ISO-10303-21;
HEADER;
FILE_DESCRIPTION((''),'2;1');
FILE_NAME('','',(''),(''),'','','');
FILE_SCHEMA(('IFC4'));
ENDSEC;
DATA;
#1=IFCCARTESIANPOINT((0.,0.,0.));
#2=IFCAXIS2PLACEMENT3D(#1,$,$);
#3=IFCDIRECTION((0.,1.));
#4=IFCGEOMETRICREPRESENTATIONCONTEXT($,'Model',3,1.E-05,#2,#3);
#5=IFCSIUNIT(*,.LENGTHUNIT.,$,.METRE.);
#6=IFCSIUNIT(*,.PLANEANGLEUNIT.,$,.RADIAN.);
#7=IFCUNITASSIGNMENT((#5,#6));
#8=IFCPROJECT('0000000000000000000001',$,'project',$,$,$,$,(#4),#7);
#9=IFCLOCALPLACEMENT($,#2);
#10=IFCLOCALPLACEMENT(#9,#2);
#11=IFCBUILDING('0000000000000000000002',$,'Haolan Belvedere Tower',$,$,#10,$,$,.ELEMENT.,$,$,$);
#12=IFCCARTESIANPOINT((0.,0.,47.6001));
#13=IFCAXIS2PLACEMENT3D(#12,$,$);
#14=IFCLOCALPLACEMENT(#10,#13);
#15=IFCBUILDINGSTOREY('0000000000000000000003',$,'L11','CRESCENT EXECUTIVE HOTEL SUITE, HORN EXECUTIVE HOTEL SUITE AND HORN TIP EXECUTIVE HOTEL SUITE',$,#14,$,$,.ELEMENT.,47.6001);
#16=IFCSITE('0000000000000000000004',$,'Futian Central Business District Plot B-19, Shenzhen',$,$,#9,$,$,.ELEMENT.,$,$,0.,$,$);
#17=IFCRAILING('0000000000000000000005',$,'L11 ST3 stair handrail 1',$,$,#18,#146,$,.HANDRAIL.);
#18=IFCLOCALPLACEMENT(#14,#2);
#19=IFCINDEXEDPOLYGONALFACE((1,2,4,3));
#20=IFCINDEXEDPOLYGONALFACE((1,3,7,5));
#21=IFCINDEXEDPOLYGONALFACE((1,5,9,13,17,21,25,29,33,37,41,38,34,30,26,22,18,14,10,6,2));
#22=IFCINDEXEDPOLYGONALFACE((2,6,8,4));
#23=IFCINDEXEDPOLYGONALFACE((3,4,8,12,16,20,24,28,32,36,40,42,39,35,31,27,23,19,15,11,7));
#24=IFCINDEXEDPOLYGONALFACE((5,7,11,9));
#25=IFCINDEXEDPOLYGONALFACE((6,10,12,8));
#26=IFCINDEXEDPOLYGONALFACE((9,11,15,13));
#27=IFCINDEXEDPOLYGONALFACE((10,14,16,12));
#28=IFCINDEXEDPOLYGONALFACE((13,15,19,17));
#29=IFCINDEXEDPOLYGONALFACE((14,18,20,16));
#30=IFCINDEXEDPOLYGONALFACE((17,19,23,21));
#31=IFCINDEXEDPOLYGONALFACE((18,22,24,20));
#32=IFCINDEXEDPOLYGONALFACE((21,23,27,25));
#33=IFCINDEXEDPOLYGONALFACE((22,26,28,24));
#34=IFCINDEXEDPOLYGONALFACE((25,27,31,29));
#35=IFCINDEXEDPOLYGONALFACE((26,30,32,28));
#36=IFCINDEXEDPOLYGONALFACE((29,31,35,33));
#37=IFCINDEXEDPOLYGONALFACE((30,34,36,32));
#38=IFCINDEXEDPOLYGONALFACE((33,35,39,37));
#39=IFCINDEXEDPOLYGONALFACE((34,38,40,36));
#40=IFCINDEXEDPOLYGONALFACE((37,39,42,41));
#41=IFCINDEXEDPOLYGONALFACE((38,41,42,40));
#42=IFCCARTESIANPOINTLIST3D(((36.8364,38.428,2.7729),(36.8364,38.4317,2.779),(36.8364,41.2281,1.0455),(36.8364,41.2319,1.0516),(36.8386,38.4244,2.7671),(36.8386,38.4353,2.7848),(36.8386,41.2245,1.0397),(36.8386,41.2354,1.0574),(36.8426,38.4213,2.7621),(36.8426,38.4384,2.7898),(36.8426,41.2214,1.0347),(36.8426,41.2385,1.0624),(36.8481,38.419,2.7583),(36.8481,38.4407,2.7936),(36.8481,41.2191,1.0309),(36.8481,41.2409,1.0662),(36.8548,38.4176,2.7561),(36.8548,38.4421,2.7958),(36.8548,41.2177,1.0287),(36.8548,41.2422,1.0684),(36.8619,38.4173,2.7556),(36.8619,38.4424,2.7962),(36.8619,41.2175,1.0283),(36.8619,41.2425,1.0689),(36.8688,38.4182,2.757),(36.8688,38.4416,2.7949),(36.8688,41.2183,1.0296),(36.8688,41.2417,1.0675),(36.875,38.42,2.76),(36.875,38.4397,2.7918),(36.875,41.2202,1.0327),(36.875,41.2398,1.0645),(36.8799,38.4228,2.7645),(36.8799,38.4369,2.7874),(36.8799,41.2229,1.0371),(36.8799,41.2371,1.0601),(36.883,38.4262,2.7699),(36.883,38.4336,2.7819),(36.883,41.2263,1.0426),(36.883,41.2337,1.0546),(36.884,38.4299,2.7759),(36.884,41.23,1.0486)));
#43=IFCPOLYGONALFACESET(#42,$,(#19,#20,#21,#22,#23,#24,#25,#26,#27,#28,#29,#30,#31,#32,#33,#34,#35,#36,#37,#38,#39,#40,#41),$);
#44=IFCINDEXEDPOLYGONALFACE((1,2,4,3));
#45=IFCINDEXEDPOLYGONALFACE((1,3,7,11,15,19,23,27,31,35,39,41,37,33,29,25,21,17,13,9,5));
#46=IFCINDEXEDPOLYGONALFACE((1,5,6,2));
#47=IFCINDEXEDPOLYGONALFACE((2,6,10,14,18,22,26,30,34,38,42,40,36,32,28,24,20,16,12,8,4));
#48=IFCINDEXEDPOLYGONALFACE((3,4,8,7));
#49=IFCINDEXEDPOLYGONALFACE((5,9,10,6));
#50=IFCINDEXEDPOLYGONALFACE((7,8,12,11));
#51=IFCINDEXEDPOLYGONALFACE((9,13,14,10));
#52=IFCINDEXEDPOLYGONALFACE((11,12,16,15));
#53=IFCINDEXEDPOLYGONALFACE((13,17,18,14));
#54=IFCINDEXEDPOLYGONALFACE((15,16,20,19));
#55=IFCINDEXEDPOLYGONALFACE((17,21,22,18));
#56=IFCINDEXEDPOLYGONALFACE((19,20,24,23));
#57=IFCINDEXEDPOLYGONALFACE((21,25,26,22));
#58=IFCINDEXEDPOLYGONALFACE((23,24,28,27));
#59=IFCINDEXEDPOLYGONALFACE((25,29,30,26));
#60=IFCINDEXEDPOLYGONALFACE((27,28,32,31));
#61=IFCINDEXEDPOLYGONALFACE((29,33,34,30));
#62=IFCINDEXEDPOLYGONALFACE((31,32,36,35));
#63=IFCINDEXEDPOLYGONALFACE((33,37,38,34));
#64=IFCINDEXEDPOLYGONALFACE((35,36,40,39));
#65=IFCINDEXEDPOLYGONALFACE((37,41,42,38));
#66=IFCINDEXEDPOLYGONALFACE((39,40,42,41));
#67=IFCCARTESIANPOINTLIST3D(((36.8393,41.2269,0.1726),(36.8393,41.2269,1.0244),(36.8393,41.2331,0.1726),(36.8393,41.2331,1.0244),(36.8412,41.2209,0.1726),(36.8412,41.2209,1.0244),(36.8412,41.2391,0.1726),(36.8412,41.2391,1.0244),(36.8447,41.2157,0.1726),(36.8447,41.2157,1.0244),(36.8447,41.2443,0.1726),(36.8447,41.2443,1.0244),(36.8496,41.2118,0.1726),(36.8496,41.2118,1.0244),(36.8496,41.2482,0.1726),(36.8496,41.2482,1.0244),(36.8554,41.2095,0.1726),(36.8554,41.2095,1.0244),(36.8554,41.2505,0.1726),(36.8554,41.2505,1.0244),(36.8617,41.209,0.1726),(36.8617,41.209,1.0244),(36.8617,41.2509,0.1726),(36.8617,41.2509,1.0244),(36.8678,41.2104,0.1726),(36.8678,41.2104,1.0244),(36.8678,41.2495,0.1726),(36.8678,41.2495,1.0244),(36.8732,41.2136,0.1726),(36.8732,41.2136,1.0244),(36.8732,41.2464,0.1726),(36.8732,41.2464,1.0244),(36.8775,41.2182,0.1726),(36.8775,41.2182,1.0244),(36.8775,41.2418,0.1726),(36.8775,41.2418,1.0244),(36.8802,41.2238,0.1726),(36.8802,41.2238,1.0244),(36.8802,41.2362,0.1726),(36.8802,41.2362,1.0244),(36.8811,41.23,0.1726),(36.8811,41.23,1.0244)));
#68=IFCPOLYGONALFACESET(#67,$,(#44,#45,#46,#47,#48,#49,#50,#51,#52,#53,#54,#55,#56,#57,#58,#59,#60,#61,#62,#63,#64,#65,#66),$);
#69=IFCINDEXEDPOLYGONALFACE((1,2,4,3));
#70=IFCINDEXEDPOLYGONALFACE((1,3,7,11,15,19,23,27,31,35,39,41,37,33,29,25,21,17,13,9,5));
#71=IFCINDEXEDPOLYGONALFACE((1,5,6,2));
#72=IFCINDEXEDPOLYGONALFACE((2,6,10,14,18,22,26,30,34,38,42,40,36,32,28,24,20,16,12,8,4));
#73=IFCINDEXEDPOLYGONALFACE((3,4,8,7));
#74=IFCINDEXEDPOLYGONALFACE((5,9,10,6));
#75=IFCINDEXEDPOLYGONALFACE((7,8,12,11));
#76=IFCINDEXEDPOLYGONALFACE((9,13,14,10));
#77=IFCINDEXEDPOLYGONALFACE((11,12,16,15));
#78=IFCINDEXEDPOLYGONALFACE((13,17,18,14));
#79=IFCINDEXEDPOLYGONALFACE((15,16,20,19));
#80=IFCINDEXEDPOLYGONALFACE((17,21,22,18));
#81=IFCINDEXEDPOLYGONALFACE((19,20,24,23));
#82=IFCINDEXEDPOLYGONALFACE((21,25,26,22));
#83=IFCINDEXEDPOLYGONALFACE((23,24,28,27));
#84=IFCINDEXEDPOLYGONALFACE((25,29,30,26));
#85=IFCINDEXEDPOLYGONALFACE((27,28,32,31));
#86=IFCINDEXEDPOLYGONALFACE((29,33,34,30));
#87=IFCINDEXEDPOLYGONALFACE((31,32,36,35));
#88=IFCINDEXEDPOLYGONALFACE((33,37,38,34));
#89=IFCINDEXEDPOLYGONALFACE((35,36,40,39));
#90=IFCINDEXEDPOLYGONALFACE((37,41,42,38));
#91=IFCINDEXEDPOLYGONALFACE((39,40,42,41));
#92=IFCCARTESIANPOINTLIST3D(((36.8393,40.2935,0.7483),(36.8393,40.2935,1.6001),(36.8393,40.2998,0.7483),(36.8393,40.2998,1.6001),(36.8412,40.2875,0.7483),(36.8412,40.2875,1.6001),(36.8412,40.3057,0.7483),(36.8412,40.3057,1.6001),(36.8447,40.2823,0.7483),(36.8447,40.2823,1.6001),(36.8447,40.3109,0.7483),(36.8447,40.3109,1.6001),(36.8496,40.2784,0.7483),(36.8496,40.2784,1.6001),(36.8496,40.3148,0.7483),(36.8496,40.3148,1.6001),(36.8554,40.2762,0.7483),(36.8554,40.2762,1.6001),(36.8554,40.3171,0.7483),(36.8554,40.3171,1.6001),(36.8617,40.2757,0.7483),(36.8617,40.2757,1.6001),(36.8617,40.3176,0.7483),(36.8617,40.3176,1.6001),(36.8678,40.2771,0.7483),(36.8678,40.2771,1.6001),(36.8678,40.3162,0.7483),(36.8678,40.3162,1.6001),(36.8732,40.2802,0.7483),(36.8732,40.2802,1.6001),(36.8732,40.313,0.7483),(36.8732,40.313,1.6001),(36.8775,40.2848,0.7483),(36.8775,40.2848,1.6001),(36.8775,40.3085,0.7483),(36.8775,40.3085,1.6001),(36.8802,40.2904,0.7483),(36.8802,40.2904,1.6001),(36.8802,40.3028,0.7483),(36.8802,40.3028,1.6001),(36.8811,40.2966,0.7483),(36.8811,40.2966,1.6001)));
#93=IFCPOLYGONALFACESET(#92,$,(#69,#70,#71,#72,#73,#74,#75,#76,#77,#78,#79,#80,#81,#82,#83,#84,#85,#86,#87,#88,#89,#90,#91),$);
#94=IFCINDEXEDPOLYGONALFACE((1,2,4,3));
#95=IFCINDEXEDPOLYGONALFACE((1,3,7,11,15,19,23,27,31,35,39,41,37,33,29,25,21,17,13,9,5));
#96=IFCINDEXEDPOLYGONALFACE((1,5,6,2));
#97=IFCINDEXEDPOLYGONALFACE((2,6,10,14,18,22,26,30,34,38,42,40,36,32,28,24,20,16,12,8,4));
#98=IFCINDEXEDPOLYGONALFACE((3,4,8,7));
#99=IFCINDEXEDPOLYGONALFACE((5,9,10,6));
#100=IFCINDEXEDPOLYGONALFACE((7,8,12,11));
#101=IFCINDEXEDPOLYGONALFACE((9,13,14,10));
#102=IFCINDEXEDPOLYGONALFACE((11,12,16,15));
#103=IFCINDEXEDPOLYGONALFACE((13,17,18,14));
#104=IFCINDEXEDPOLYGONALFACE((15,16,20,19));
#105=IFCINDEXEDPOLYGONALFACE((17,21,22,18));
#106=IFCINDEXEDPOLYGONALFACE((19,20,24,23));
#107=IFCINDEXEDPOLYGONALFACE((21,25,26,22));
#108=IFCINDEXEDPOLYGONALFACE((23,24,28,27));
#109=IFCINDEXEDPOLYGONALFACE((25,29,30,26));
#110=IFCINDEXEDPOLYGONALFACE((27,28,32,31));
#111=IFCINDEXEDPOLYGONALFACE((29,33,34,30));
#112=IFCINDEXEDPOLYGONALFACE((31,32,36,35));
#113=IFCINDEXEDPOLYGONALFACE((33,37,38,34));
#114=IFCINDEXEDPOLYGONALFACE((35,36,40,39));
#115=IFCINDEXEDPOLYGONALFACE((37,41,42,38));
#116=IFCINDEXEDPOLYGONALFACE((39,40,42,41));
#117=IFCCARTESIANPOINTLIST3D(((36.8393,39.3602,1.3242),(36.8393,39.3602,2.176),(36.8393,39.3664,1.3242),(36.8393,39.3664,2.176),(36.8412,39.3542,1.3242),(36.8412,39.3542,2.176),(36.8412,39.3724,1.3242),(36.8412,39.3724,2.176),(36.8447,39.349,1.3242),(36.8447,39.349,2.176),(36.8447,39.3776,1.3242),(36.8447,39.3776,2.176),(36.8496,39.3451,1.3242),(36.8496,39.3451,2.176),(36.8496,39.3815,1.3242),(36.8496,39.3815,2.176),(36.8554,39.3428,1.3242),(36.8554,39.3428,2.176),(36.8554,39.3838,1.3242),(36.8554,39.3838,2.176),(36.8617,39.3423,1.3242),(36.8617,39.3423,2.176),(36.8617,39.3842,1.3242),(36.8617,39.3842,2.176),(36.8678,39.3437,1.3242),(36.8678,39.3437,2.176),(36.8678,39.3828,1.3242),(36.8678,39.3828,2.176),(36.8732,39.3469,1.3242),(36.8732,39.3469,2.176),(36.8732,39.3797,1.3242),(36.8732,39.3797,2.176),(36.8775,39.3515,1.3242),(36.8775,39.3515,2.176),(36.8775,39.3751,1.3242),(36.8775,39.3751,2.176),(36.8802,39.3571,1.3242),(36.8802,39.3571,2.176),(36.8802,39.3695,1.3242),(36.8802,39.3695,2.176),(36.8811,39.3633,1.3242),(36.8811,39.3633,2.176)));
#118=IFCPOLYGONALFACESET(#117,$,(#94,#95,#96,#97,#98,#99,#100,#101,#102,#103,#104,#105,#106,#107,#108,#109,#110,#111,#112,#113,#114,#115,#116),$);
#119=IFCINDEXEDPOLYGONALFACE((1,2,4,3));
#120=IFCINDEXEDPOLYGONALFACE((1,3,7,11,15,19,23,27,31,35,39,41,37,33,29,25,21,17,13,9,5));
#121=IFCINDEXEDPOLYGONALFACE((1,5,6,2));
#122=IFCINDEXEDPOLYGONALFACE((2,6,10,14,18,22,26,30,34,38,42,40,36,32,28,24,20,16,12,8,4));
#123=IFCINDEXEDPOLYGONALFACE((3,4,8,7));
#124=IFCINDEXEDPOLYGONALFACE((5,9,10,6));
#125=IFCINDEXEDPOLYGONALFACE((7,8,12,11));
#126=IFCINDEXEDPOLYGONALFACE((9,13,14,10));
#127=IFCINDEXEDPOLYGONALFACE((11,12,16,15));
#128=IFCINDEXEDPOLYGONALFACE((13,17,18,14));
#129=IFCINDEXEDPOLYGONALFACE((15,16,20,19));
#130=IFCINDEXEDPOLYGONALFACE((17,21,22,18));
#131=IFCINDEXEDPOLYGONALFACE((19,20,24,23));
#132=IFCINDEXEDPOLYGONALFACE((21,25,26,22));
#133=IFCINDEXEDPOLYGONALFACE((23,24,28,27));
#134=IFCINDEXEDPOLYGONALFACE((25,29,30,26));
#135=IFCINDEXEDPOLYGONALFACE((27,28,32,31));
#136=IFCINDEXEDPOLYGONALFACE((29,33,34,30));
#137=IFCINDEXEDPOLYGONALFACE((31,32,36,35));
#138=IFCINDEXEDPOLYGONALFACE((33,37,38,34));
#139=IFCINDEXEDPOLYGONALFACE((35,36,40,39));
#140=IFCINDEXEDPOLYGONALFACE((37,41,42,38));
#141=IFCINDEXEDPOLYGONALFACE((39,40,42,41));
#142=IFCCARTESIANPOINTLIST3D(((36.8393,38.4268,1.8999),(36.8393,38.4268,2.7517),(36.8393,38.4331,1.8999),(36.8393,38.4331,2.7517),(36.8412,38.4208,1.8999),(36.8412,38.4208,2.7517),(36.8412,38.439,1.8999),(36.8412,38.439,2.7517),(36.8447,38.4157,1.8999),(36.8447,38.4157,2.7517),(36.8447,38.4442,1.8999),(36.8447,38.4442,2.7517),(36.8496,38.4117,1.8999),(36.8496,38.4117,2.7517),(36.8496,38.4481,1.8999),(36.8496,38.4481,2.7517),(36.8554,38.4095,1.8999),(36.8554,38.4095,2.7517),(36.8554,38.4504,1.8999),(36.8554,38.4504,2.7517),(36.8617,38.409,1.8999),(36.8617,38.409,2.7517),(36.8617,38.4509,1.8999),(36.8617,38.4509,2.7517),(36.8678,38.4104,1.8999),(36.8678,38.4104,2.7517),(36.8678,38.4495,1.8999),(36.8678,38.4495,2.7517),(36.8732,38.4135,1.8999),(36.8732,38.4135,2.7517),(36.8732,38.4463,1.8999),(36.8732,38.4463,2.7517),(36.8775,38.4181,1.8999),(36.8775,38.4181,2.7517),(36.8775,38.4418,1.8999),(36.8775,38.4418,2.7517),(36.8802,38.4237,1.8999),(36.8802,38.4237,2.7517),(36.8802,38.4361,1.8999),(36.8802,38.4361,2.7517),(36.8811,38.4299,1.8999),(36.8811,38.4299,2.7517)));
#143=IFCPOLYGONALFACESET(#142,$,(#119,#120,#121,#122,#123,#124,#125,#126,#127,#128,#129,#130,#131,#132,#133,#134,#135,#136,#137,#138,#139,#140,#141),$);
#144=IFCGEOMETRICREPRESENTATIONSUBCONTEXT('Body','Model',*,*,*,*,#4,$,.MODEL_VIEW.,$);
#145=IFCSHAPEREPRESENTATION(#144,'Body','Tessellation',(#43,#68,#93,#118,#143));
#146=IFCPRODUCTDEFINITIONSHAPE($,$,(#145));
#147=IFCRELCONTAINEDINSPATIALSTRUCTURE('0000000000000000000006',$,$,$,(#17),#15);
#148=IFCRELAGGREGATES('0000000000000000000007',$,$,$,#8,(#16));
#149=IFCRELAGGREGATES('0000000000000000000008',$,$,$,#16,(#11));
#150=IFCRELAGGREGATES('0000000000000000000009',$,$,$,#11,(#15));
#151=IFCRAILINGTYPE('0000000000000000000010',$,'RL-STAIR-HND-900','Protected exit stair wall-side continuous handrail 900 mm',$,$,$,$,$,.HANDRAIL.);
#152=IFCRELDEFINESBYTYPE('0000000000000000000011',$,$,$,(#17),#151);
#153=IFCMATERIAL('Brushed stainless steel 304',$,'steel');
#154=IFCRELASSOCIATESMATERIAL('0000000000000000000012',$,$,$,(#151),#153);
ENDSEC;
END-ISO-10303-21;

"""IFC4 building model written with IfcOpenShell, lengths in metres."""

from ifc_helpers import new_model, si_unit, direction, frame, origin, origin_2d, place, context, subcontext, project, spatial, circle, extrude, material, type_object, element, save


model = new_model("IFC4")

# Units and contexts
model_context = context("Model", 3, precision=1e-05, world=origin(), true_north=direction((0.0, 1.0)))
body_context = subcontext(model_context, "Body", "Model", "MODEL_VIEW")
ifc_project = project(units=[si_unit("LENGTHUNIT", "METRE"), si_unit("PLANEANGLEUNIT", "RADIAN")], contexts=[model_context])

# Site, building, storey
site_placement = place(None, origin())
site = spatial("IfcSite", under=ifc_project, at=site_placement, Name="Futian Central Business District Plot B-19, Shenzhen", CompositionType="ELEMENT", RefElevation=0.0)
building_placement = place(site_placement, origin())
building = spatial("IfcBuilding", under=site, at=building_placement, Name="Haolan Belvedere Tower", CompositionType="ELEMENT")
storey_placement = place(building_placement, frame((0.0, 0.0, 47.6001)))
storey = spatial("IfcBuildingStorey", under=building, at=storey_placement, Name="L11", Description="CRESCENT EXECUTIVE HOTEL SUITE, HORN EXECUTIVE HOTEL SUITE AND HORN TIP EXECUTIVE HOTEL SUITE", CompositionType="ELEMENT", Elevation=47.6001)

# Railing
ifc_material_1 = material(Name="Brushed stainless steel 304", Category="steel")
railing_type_1 = type_object("IfcRailingType", Name="RL-STAIR-HND-900", Description="Protected exit stair wall-side continuous handrail 900 mm", PredefinedType="HANDRAIL", material=ifc_material_1)
for number, where, name in (
    (1, (36.8601, 41.23, 0.1726), "L11 ST3 stair handrail 1"),
):
    element("IfcRailing", number, at=place(storey_placement, frame(where)), inside=storey, type_object=railing_type_1, Name=name, PredefinedType="HANDRAIL", context=body_context, shape_type="SweptSolid", body=[
        extrude(circle(Radius=0.0239, at=origin_2d()), frame((0.0, 0.0, 0.876), z_axis=(0.0, -0.85109, 0.52502), x_axis=(1.0, 0.0, 0.0)), (0.0, 0.0, 1.0), 3.29),
        extrude(circle(Radius=0.021, at=origin_2d()), origin(), (0.0, 0.0, 1.0), 0.8518),
        extrude(circle(Radius=0.021, at=origin_2d()), frame((0.0, -0.9333, 0.5757)), (0.0, 0.0, 1.0), 0.8518),
        extrude(circle(Radius=0.021, at=origin_2d()), frame((0.0, -1.8667, 1.1516)), (0.0, 0.0, 1.0), 0.8518),
        extrude(circle(Radius=0.021, at=origin_2d()), frame((0.0, -2.8, 1.7273)), (0.0, 0.0, 1.0), 0.8518),
    ])

save(model, "model.ifc")
